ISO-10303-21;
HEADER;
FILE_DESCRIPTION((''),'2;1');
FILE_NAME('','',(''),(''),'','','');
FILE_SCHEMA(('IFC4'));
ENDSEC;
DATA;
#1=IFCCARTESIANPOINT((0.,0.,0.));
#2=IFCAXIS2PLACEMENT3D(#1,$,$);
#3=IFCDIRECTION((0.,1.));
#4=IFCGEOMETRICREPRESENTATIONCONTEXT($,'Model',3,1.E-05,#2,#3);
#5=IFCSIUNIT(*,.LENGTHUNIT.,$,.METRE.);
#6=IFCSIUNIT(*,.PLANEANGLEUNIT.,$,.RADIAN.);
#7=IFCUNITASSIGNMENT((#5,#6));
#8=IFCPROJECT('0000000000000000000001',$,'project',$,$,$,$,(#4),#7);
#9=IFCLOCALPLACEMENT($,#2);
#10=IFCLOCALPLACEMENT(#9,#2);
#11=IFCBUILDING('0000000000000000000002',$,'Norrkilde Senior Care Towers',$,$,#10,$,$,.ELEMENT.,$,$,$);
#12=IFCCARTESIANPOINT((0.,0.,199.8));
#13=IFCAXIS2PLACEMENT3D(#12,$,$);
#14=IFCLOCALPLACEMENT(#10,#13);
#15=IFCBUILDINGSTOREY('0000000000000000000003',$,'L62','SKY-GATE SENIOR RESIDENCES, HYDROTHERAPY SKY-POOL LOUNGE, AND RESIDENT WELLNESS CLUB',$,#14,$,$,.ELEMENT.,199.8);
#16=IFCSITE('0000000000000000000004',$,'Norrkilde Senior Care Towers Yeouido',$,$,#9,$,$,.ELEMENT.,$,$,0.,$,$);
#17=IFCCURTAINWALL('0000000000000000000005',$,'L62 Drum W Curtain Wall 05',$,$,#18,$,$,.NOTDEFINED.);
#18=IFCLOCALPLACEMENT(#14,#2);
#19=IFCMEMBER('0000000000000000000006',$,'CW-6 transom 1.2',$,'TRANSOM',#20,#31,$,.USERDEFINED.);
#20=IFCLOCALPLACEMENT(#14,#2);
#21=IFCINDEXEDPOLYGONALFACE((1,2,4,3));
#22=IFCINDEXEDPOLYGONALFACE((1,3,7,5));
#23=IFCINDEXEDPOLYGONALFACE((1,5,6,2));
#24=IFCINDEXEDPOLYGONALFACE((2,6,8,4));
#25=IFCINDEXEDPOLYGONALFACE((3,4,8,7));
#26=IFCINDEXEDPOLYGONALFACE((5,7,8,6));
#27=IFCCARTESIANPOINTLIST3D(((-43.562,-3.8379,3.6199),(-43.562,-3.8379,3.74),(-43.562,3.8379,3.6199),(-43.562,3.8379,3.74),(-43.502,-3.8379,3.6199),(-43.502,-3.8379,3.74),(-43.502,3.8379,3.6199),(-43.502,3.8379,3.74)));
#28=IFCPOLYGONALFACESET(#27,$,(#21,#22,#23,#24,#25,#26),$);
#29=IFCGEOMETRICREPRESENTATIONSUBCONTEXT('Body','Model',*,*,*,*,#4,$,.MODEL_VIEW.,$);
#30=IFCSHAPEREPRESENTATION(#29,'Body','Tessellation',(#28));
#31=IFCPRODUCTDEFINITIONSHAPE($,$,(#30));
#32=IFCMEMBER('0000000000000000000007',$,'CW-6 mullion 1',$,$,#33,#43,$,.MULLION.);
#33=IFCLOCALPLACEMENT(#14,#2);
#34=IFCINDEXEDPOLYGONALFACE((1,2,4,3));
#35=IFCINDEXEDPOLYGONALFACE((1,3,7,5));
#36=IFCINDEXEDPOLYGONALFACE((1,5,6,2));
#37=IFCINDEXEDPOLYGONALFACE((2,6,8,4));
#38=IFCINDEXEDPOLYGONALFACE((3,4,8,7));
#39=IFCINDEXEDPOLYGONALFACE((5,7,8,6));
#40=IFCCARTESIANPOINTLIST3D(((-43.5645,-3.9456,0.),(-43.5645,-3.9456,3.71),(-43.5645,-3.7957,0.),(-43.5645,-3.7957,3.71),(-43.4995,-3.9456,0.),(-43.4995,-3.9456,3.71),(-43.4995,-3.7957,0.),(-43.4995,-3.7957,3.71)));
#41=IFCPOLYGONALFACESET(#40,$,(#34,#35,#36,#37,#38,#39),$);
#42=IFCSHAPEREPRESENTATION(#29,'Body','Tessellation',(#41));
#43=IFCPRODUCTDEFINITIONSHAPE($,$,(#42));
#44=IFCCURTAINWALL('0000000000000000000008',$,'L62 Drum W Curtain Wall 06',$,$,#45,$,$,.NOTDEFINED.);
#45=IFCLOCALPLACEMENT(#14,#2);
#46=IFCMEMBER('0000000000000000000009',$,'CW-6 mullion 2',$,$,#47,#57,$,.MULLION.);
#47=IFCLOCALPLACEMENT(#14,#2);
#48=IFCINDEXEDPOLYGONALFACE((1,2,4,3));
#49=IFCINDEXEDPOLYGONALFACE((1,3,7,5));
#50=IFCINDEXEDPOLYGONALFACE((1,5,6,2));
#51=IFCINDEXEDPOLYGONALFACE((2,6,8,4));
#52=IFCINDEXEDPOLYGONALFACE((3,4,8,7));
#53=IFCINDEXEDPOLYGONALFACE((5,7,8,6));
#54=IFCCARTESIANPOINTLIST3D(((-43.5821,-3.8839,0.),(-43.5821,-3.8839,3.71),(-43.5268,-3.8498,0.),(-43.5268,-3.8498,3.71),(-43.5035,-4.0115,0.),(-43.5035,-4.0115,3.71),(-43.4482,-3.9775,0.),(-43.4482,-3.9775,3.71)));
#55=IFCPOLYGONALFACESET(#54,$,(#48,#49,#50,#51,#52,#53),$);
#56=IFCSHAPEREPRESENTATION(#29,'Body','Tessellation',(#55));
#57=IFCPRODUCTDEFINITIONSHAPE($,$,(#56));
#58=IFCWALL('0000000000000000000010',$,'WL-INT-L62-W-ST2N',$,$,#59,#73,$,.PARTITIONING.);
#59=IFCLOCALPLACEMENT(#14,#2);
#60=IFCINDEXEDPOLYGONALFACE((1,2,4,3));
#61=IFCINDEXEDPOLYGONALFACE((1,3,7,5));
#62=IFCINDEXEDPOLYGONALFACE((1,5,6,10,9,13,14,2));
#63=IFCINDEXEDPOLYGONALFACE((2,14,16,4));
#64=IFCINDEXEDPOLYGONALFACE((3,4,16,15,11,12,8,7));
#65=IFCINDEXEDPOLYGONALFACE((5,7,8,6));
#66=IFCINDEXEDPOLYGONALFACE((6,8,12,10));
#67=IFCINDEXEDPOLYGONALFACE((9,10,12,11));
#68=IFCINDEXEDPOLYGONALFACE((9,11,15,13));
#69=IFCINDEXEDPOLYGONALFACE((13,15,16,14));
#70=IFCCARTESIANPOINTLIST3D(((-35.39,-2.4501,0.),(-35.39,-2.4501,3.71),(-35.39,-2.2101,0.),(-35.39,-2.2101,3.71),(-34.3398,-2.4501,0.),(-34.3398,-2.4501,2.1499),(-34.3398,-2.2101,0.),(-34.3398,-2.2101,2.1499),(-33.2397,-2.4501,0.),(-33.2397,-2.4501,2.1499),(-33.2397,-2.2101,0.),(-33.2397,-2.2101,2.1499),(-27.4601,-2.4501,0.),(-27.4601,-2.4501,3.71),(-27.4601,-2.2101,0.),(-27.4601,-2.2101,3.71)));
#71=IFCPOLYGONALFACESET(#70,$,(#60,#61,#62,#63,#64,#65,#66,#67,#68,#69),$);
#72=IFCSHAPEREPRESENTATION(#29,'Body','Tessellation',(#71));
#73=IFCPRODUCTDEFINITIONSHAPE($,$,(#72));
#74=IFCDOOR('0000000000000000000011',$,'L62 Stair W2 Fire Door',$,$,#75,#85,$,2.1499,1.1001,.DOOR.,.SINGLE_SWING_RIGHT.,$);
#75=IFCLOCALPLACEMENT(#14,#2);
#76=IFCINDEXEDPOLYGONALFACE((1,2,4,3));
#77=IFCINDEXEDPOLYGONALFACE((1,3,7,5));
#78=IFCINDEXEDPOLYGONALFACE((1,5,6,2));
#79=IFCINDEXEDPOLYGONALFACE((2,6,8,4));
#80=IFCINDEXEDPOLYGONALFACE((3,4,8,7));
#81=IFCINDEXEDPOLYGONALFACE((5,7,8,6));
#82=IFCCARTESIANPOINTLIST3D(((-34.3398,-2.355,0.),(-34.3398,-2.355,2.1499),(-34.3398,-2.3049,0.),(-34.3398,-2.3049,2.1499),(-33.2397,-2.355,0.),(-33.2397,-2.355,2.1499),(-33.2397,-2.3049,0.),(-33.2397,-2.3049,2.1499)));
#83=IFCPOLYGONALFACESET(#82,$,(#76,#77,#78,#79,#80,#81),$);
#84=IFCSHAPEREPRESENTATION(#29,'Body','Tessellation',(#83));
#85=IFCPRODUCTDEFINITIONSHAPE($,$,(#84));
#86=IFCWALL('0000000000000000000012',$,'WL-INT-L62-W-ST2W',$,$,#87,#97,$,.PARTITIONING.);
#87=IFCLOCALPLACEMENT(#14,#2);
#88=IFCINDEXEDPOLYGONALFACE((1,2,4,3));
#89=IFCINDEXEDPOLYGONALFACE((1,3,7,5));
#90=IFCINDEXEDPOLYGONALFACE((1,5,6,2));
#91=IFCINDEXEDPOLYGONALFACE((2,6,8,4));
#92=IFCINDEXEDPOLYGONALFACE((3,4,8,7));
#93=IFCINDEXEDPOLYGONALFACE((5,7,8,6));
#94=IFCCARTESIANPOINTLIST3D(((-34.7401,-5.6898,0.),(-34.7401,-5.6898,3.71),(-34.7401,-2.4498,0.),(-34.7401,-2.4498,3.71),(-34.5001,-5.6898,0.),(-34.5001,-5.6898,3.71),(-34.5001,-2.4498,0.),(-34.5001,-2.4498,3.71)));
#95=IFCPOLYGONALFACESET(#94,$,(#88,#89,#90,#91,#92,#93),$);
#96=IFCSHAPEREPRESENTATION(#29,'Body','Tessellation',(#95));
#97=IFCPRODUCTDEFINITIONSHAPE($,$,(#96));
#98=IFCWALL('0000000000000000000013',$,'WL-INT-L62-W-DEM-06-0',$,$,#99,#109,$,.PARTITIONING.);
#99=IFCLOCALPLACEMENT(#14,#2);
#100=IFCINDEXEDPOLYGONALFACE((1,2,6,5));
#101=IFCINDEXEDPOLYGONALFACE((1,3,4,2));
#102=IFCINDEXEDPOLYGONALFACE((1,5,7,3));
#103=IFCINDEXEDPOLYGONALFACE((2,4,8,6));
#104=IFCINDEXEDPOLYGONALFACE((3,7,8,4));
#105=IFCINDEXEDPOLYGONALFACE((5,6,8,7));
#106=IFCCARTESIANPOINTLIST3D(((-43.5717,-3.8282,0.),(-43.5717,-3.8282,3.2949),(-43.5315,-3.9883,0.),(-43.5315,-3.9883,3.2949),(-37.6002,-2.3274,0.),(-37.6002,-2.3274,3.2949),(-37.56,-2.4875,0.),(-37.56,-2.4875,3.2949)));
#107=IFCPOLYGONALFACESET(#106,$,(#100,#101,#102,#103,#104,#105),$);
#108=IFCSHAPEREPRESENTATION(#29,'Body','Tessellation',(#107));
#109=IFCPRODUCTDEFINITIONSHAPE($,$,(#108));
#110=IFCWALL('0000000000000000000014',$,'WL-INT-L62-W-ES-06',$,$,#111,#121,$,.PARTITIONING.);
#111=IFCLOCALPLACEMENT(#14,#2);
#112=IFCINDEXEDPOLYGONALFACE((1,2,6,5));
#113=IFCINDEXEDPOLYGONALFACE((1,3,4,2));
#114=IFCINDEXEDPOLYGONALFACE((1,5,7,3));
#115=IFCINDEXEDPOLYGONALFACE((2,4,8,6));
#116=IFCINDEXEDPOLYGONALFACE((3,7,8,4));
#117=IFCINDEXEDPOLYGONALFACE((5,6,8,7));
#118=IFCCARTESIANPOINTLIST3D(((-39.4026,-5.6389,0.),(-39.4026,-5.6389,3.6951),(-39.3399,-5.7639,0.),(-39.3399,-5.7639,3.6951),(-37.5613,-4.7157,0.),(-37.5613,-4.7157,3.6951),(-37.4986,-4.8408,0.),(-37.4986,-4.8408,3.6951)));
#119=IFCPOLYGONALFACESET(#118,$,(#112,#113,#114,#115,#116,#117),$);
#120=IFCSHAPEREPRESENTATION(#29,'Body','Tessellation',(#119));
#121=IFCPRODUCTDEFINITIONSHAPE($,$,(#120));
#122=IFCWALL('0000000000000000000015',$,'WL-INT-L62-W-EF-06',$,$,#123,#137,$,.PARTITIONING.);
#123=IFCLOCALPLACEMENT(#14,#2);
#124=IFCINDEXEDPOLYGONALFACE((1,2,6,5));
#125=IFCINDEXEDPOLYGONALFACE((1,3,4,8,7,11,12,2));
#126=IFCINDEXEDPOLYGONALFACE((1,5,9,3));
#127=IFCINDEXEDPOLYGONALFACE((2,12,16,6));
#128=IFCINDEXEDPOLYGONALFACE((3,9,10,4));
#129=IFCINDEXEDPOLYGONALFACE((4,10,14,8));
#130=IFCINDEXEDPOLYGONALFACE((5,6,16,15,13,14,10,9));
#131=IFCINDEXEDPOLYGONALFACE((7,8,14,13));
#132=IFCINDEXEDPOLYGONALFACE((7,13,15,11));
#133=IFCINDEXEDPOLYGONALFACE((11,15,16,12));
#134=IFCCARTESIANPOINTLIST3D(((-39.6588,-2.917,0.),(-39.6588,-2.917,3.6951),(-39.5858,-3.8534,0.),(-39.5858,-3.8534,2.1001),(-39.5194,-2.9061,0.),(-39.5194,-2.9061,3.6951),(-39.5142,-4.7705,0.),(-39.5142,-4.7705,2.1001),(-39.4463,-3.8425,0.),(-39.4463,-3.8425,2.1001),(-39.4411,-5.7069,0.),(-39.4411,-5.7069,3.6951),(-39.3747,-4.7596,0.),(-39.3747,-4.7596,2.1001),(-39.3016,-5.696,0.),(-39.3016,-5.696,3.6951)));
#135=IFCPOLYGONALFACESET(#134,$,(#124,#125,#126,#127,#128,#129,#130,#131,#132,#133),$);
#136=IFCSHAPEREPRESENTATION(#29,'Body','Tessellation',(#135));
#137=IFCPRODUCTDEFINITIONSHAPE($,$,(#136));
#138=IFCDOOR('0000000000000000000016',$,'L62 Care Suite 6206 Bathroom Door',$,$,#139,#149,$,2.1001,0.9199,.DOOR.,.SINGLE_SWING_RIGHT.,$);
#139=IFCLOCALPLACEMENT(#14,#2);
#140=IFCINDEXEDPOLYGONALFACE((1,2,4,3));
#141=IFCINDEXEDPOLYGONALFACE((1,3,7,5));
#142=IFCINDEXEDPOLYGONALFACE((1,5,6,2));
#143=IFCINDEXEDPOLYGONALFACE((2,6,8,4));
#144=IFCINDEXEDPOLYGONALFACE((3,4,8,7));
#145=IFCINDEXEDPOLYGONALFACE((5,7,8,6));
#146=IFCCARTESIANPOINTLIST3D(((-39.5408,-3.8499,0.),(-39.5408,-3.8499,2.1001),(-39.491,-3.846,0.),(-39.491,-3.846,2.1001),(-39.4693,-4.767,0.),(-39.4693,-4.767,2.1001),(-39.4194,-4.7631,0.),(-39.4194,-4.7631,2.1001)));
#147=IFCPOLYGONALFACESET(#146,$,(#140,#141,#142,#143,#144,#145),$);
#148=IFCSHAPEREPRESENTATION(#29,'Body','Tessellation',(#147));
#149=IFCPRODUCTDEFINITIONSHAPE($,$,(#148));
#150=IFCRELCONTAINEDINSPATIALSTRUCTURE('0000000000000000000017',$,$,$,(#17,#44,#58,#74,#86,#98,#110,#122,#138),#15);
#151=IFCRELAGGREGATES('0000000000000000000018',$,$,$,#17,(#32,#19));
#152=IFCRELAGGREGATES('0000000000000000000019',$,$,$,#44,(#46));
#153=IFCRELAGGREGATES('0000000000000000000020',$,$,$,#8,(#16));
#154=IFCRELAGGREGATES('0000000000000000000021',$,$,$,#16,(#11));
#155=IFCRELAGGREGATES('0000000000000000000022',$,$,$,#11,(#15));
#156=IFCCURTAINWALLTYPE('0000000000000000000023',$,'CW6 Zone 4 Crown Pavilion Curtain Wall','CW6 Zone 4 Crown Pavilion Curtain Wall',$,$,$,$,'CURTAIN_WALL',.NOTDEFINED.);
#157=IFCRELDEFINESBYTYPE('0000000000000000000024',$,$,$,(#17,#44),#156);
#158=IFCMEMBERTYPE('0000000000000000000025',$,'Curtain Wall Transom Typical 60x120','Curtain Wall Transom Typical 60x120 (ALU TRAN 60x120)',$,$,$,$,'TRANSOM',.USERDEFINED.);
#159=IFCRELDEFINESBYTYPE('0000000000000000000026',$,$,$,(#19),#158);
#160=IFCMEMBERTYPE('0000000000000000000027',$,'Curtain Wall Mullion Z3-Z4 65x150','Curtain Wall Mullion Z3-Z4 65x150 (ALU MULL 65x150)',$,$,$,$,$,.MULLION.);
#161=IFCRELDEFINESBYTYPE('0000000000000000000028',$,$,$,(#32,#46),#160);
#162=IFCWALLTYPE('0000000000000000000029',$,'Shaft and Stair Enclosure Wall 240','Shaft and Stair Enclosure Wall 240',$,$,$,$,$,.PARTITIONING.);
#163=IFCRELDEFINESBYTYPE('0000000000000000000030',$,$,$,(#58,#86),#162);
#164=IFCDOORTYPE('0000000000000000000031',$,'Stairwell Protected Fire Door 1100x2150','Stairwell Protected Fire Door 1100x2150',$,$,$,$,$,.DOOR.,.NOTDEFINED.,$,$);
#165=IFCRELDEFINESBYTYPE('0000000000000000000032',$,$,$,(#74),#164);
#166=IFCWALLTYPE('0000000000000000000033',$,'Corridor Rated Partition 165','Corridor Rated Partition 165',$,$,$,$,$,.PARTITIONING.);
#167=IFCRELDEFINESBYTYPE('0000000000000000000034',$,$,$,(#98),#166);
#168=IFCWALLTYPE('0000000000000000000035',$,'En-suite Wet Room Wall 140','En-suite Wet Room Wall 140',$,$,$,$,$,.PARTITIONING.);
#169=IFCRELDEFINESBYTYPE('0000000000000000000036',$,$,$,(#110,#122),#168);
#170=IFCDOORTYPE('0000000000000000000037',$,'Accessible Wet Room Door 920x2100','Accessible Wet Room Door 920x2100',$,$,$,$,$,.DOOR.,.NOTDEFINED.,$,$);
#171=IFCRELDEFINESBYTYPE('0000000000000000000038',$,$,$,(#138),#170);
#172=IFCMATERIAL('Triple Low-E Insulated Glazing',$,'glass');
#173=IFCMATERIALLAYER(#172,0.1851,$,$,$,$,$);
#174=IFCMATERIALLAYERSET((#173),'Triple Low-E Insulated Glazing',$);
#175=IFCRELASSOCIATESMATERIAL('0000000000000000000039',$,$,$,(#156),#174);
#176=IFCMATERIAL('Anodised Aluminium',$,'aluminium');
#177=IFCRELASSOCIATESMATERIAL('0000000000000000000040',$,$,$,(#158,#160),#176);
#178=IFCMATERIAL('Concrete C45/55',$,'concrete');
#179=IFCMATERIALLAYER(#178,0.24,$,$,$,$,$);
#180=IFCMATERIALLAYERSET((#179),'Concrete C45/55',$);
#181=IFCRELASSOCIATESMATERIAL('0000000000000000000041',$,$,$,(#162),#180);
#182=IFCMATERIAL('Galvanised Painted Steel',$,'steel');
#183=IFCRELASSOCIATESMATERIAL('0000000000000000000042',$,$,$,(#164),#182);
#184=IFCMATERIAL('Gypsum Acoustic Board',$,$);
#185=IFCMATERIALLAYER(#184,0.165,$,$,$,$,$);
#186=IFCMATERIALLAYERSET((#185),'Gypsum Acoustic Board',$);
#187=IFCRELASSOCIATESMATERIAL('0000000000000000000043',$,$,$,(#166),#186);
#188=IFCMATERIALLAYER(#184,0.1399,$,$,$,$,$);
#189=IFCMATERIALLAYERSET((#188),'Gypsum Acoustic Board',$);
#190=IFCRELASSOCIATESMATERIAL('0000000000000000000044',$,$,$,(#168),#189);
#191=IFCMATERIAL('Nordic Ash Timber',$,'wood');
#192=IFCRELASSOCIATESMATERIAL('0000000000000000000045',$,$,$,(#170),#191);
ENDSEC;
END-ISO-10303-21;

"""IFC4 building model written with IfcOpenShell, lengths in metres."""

from ifc_helpers import new_model, si_unit, direction, frame, frame_2d, origin, origin_2d, place, context, subcontext, project, spatial, rectangle, extrude, source, transform, mapped, material, layer, layer_set, material_profile, profile_set, type_object, type_shapes, element, fill, aggregate, save


model = new_model("IFC4")

# Units and contexts
model_context = context("Model", 3, precision=1e-05, world=origin(), true_north=direction((0.0, 1.0)))
body_context = subcontext(model_context, "Body", "Model", "MODEL_VIEW")
ifc_project = project(units=[si_unit("LENGTHUNIT", "METRE"), si_unit("PLANEANGLEUNIT", "RADIAN")], contexts=[model_context])

# Site, building, storey
site_placement = place(None, origin())
site = spatial("IfcSite", under=ifc_project, at=site_placement, Name="Norrkilde Senior Care Towers Yeouido", CompositionType="ELEMENT", RefElevation=0.0)
building_placement = place(site_placement, origin())
building = spatial("IfcBuilding", under=site, at=building_placement, Name="Norrkilde Senior Care Towers", CompositionType="ELEMENT")
storey_placement = place(building_placement, frame((0.0, 0.0, 199.8)))
storey = spatial("IfcBuildingStorey", under=building, at=storey_placement, Name="L62", Description="SKY-GATE SENIOR RESIDENCES, HYDROTHERAPY SKY-POOL LOUNGE, AND RESIDENT WELLNESS CLUB", CompositionType="ELEMENT", Elevation=199.8)

# Curtain wall, members
ifc_material_1 = material(Name="Triple Low-E Insulated Glazing", Category="glass")
ifc_layer_1 = layer(ifc_material_1, 0.1851)
ifc_layer_set_1 = layer_set([ifc_layer_1], Name="Triple Low-E Insulated Glazing")
curtain_wall_type = type_object("IfcCurtainWallType", Name="CW6 Zone 4 Crown Pavilion Curtain Wall", Description="CW6 Zone 4 Crown Pavilion Curtain Wall", ElementType="CURTAIN_WALL", PredefinedType="NOTDEFINED", material=ifc_layer_set_1)
curtain_wall_1_placement = place(storey_placement, origin())
curtain_wall_1 = element("IfcCurtainWall", 1, at=curtain_wall_1_placement, inside=storey, type_object=curtain_wall_type, Name="L62 Drum W Curtain Wall 05", PredefinedType="NOTDEFINED")
ifc_material_2 = material(Name="Anodised Aluminium", Category="aluminium")
ifc_material_profile_1 = material_profile(ifc_material_2, rectangle(XDim=0.0601, YDim=0.1201, at=origin_2d()), Name="ALU TRAN 60x120")
ifc_profile_set_1 = profile_set([ifc_material_profile_1], Name="Anodised Aluminium")
member_type_1 = type_object("IfcMemberType", Name="Curtain Wall Transom Typical 60x120", Description="Curtain Wall Transom Typical 60x120 (ALU TRAN 60x120)", ElementType="TRANSOM", PredefinedType="USERDEFINED", material=ifc_profile_set_1)
shared_shape_1 = source(origin(), body_context, "Body", "SweptSolid", [
    extrude(rectangle(XDim=0.0601, YDim=0.1201, at=origin_2d()), origin(), (0.0, 0.0, 1.0), 7.6758),
])
type_shapes(member_type_1, [shared_shape_1])
member_1_placement = place(storey_placement, frame((-43.532, -3.8379, 3.6799), z_axis=(0.0, 1.0, 0.0), x_axis=(-1.0, 0.0, 0.0)))
member_1 = element("IfcMember", 2, at=member_1_placement, type_object=member_type_1, Name="CW-6 transom 1.2", ObjectType="TRANSOM", PredefinedType="USERDEFINED", context=body_context, shape_type="MappedRepresentation", body=[
    mapped(shared_shape_1, transform((0.0, 0.0, 0.0), x_axis=(1.0, 0.0, 0.0), y_axis=(0.0, 1.0, 0.0), z_axis=(0.0, 0.0, 1.0), scale=1.0)),
])
ifc_material_profile_2 = material_profile(ifc_material_2, rectangle(XDim=0.0649, YDim=0.1499, at=origin_2d()), Name="ALU MULL 65x150")
ifc_profile_set_2 = profile_set([ifc_material_profile_2], Name="Anodised Aluminium")
member_type_2 = type_object("IfcMemberType", Name="Curtain Wall Mullion Z3-Z4 65x150", Description="Curtain Wall Mullion Z3-Z4 65x150 (ALU MULL 65x150)", PredefinedType="MULLION", material=ifc_profile_set_2)
shared_shape_2 = source(origin(), body_context, "Body", "SweptSolid", [
    extrude(rectangle(XDim=0.0649, YDim=0.1499, at=origin_2d()), origin(), (0.0, 0.0, 1.0), 3.71),
])
type_shapes(member_type_2, [shared_shape_2])
member_2_placement = place(storey_placement, frame((-43.532, -3.8706, 0.0), z_axis=(0.0, 0.0, 1.0), x_axis=(-1.0, 0.0, 0.0)))
member_2 = element("IfcMember", 3, at=member_2_placement, type_object=member_type_2, Name="CW-6 mullion 1", PredefinedType="MULLION", context=body_context, shape_type="MappedRepresentation", body=[
    mapped(shared_shape_2, transform((0.0, 0.0, 0.0), x_axis=(1.0, 0.0, 0.0), y_axis=(0.0, 1.0, 0.0), z_axis=(0.0, 0.0, 1.0), scale=1.0)),
])
aggregate(curtain_wall_1, [member_2, member_1])

# Curtain wall, member
curtain_wall_2_placement = place(storey_placement, origin())
curtain_wall_2 = element("IfcCurtainWall", 4, at=curtain_wall_2_placement, inside=storey, type_object=curtain_wall_type, Name="L62 Drum W Curtain Wall 06", PredefinedType="NOTDEFINED")
member_3_placement = place(storey_placement, frame((-43.5151, -3.9307, 0.0), z_axis=(0.0, 0.0, 1.0), x_axis=(-0.851563, -0.524253, 0.0)))
member_3 = element("IfcMember", 5, at=member_3_placement, type_object=member_type_2, Name="CW-6 mullion 2", PredefinedType="MULLION", context=body_context, shape_type="MappedRepresentation", body=[
    mapped(shared_shape_2, transform((0.0, 0.0, 0.0), x_axis=(1.0, 0.0, 0.0), y_axis=(0.0, 1.0, 0.0), z_axis=(0.0, 0.0, 1.0), scale=1.0)),
])
aggregate(curtain_wall_2, [member_3])

# Wall, opening, door
ifc_material_3 = material(Name="Galvanised Painted Steel", Category="steel")
ifc_material_4 = material(Name="Concrete C45/55", Category="concrete")
ifc_layer_2 = layer(ifc_material_4, 0.24)
ifc_layer_set_2 = layer_set([ifc_layer_2], Name="Concrete C45/55")
wall_type_1 = type_object("IfcWallType", Name="Shaft and Stair Enclosure Wall 240", Description="Shaft and Stair Enclosure Wall 240", PredefinedType="PARTITIONING", material=ifc_layer_set_2)
shared_shape_3 = source(origin(), body_context, "Body", "SweptSolid", [
    extrude(rectangle(XDim=7.9299, YDim=0.24, at=frame_2d((3.9648, 0.0))), origin(), (0.0, 0.0, 1.0), 3.71),
])
wall_1_placement = place(storey_placement, frame((-35.3899, -2.3301, 0.0), z_axis=(0.0, 0.0, 1.0), x_axis=(1.0, 0.0, 0.0)))
wall_1 = element("IfcWall", 6, at=wall_1_placement, inside=storey, type_object=wall_type_1, Name="WL-INT-L62-W-ST2N", PredefinedType="PARTITIONING", context=body_context, shape_type="MappedRepresentation", body=[
    mapped(shared_shape_3, transform((0.0, 0.0, 0.0), x_axis=(1.0, 0.0, 0.0), y_axis=(0.0, 1.0, 0.0), z_axis=(0.0, 0.0, 1.0), scale=1.0)),
])
opening_1_placement = place(wall_1_placement, frame((1.05, 0.0, 0.0)))
opening_1 = element("IfcOpeningElement", 7, at=opening_1_placement, cuts=wall_1, PredefinedType="OPENING", context=body_context, shape_type="SweptSolid", body=[
    extrude(rectangle(XDim=1.1001, YDim=2.1499, at=frame_2d((0.55, 1.075))), frame((0.0, 0.1299, 0.0), z_axis=(0.0, -1.0, 0.0), x_axis=(1.0, 0.0, 0.0)), (0.0, 0.0, 1.0), 0.26),
])
door_type_1 = type_object("IfcDoorType", Name="Stairwell Protected Fire Door 1100x2150", Description="Stairwell Protected Fire Door 1100x2150", OperationType="NOTDEFINED", PredefinedType="DOOR", material=ifc_material_3)
shared_shape_4 = source(origin(), body_context, "Body", "SweptSolid", [
    extrude(rectangle(XDim=1.1001, YDim=2.1499, at=frame_2d((0.55, 1.075))), frame((0.0, 0.0249, 0.0), z_axis=(0.0, -1.0, 0.0), x_axis=(1.0, 0.0, 0.0)), (0.0, 0.0, 1.0), 0.05),
])
type_shapes(door_type_1, [shared_shape_4])
door_1_placement = place(opening_1_placement, frame((1.1001, 0.0, 0.0), z_axis=(0.0, 0.0, 1.0), x_axis=(-1.0, 0.0, 0.0)))
door_1 = element("IfcDoor", 8, at=door_1_placement, inside=storey, type_object=door_type_1, Name="L62 Stair W2 Fire Door", OperationType="SINGLE_SWING_RIGHT", OverallHeight=2.1499, OverallWidth=1.1001, PredefinedType="DOOR", context=body_context, shape_type="MappedRepresentation", body=[
    mapped(shared_shape_4, transform((0.0, 0.0, 0.0), x_axis=(1.0, 0.0, 0.0), y_axis=(0.0, 1.0, 0.0), z_axis=(0.0, 0.0, 1.0), scale=1.0)),
])
fill(opening_1, door_1)

# Walls
shared_shape_5 = source(origin(), body_context, "Body", "SweptSolid", [
    extrude(rectangle(XDim=3.24, YDim=0.24, at=frame_2d((1.6201, 0.0))), origin(), (0.0, 0.0, 1.0), 3.71),
])
type_shapes(wall_type_1, [shared_shape_3, shared_shape_5])
wall_2_placement = place(storey_placement, frame((-34.6201, -5.6899, 0.0), z_axis=(0.0, 0.0, 1.0), x_axis=(0.0, 1.0, 0.0)))
element("IfcWall", 9, at=wall_2_placement, inside=storey, type_object=wall_type_1, Name="WL-INT-L62-W-ST2W", PredefinedType="PARTITIONING", context=body_context, shape_type="MappedRepresentation", body=[
    mapped(shared_shape_5, transform((0.0, 0.0, 0.0), x_axis=(1.0, 0.0, 0.0), y_axis=(0.0, 1.0, 0.0), z_axis=(0.0, 0.0, 1.0), scale=1.0)),
])
ifc_material_5 = material(Name="Gypsum Acoustic Board")
ifc_layer_3 = layer(ifc_material_5, 0.165)
ifc_layer_set_3 = layer_set([ifc_layer_3], Name="Gypsum Acoustic Board")
wall_type_2 = type_object("IfcWallType", Name="Corridor Rated Partition 165", Description="Corridor Rated Partition 165", PredefinedType="PARTITIONING", material=ifc_layer_set_3)
shared_shape_6 = source(origin(), body_context, "Body", "SweptSolid", [
    extrude(rectangle(XDim=6.1572, YDim=0.165, at=frame_2d((3.0786, 0.0))), origin(), (0.0, 0.0, 1.0), 3.2949),
])
type_shapes(wall_type_2, [shared_shape_6])
wall_3_placement = place(storey_placement, frame((-37.5801, -2.4075, 0.0), z_axis=(0.0, 0.0, 1.0), x_axis=(-0.969841, -0.243739, 0.0)))
element("IfcWall", 10, at=wall_3_placement, inside=storey, type_object=wall_type_2, Name="WL-INT-L62-W-DEM-06-0", PredefinedType="PARTITIONING", context=body_context, shape_type="MappedRepresentation", body=[
    mapped(shared_shape_6, transform((0.0, 0.0, 0.0), x_axis=(1.0, 0.0, 0.0), y_axis=(0.0, 1.0, 0.0), z_axis=(0.0, 0.0, 1.0), scale=1.0)),
])
ifc_layer_4 = layer(ifc_material_5, 0.1399)
ifc_layer_set_4 = layer_set([ifc_layer_4], Name="Gypsum Acoustic Board")
wall_type_3 = type_object("IfcWallType", Name="En-suite Wet Room Wall 140", Description="En-suite Wet Room Wall 140", PredefinedType="PARTITIONING", material=ifc_layer_set_4)
shared_shape_7 = source(origin(), body_context, "Body", "SweptSolid", [
    extrude(rectangle(XDim=2.0598, YDim=0.1399, at=frame_2d((1.0298, 0.0))), origin(), (0.0, 0.0, 1.0), 3.6951),
])
wall_4_placement = place(storey_placement, frame((-37.53, -4.7783, 0.0), z_axis=(0.0, 0.0, 1.0), x_axis=(-0.893953, -0.448162, 0.0)))
element("IfcWall", 11, at=wall_4_placement, inside=storey, type_object=wall_type_3, Name="WL-INT-L62-W-ES-06", PredefinedType="PARTITIONING", context=body_context, shape_type="MappedRepresentation", body=[
    mapped(shared_shape_7, transform((0.0, 0.0, 0.0), x_axis=(1.0, 0.0, 0.0), y_axis=(0.0, 1.0, 0.0), z_axis=(0.0, 0.0, 1.0), scale=1.0)),
])

# Wall, opening, door
shared_shape_8 = source(origin(), body_context, "Body", "SweptSolid", [
    extrude(rectangle(XDim=2.7983, YDim=0.1399, at=frame_2d((1.3992, 0.0))), origin(), (0.0, 0.0, 1.0), 3.6951),
])
type_shapes(wall_type_3, [shared_shape_7, shared_shape_8])
wall_5_placement = place(storey_placement, frame((-39.3713, -5.7014, 0.0), z_axis=(0.0, 0.0, 1.0), x_axis=(-0.077824, 0.996967, 0.0)))
wall_5 = element("IfcWall", 12, at=wall_5_placement, inside=storey, type_object=wall_type_3, Name="WL-INT-L62-W-EF-06", PredefinedType="PARTITIONING", context=body_context, shape_type="MappedRepresentation", body=[
    mapped(shared_shape_8, transform((0.0, 0.0, 0.0), x_axis=(1.0, 0.0, 0.0), y_axis=(0.0, 1.0, 0.0), z_axis=(0.0, 0.0, 1.0), scale=1.0)),
])
opening_2_placement = place(wall_5_placement, frame((0.9392, 0.0, 0.0)))
opening_2 = element("IfcOpeningElement", 13, at=opening_2_placement, cuts=wall_5, PredefinedType="OPENING", context=body_context, shape_type="SweptSolid", body=[
    extrude(rectangle(XDim=0.9199, YDim=2.1001, at=frame_2d((0.46, 1.05))), frame((0.0, 0.0798, 0.0), z_axis=(0.0, -1.0, 0.0), x_axis=(1.0, 0.0, 0.0)), (0.0, 0.0, 1.0), 0.1599),
])
ifc_material_6 = material(Name="Nordic Ash Timber", Category="wood")
door_type_2 = type_object("IfcDoorType", Name="Accessible Wet Room Door 920x2100", Description="Accessible Wet Room Door 920x2100", OperationType="NOTDEFINED", PredefinedType="DOOR", material=ifc_material_6)
shared_shape_9 = source(origin(), body_context, "Body", "SweptSolid", [
    extrude(rectangle(XDim=0.9199, YDim=2.1001, at=frame_2d((0.46, 1.05))), frame((0.0, 0.0249, 0.0), z_axis=(0.0, -1.0, 0.0), x_axis=(1.0, 0.0, 0.0)), (0.0, 0.0, 1.0), 0.05),
])
type_shapes(door_type_2, [shared_shape_9])
door_2_placement = place(opening_2_placement, origin())
door_2 = element("IfcDoor", 14, at=door_2_placement, inside=storey, type_object=door_type_2, Name="L62 Care Suite 6206 Bathroom Door", OperationType="SINGLE_SWING_RIGHT", OverallHeight=2.1001, OverallWidth=0.9199, PredefinedType="DOOR", context=body_context, shape_type="MappedRepresentation", body=[
    mapped(shared_shape_9, transform((0.0, 0.0, 0.0), x_axis=(1.0, 0.0, 0.0), y_axis=(0.0, 1.0, 0.0), z_axis=(0.0, 0.0, 1.0), scale=1.0)),
])
fill(opening_2, door_2)

save(model, "model.ifc")
